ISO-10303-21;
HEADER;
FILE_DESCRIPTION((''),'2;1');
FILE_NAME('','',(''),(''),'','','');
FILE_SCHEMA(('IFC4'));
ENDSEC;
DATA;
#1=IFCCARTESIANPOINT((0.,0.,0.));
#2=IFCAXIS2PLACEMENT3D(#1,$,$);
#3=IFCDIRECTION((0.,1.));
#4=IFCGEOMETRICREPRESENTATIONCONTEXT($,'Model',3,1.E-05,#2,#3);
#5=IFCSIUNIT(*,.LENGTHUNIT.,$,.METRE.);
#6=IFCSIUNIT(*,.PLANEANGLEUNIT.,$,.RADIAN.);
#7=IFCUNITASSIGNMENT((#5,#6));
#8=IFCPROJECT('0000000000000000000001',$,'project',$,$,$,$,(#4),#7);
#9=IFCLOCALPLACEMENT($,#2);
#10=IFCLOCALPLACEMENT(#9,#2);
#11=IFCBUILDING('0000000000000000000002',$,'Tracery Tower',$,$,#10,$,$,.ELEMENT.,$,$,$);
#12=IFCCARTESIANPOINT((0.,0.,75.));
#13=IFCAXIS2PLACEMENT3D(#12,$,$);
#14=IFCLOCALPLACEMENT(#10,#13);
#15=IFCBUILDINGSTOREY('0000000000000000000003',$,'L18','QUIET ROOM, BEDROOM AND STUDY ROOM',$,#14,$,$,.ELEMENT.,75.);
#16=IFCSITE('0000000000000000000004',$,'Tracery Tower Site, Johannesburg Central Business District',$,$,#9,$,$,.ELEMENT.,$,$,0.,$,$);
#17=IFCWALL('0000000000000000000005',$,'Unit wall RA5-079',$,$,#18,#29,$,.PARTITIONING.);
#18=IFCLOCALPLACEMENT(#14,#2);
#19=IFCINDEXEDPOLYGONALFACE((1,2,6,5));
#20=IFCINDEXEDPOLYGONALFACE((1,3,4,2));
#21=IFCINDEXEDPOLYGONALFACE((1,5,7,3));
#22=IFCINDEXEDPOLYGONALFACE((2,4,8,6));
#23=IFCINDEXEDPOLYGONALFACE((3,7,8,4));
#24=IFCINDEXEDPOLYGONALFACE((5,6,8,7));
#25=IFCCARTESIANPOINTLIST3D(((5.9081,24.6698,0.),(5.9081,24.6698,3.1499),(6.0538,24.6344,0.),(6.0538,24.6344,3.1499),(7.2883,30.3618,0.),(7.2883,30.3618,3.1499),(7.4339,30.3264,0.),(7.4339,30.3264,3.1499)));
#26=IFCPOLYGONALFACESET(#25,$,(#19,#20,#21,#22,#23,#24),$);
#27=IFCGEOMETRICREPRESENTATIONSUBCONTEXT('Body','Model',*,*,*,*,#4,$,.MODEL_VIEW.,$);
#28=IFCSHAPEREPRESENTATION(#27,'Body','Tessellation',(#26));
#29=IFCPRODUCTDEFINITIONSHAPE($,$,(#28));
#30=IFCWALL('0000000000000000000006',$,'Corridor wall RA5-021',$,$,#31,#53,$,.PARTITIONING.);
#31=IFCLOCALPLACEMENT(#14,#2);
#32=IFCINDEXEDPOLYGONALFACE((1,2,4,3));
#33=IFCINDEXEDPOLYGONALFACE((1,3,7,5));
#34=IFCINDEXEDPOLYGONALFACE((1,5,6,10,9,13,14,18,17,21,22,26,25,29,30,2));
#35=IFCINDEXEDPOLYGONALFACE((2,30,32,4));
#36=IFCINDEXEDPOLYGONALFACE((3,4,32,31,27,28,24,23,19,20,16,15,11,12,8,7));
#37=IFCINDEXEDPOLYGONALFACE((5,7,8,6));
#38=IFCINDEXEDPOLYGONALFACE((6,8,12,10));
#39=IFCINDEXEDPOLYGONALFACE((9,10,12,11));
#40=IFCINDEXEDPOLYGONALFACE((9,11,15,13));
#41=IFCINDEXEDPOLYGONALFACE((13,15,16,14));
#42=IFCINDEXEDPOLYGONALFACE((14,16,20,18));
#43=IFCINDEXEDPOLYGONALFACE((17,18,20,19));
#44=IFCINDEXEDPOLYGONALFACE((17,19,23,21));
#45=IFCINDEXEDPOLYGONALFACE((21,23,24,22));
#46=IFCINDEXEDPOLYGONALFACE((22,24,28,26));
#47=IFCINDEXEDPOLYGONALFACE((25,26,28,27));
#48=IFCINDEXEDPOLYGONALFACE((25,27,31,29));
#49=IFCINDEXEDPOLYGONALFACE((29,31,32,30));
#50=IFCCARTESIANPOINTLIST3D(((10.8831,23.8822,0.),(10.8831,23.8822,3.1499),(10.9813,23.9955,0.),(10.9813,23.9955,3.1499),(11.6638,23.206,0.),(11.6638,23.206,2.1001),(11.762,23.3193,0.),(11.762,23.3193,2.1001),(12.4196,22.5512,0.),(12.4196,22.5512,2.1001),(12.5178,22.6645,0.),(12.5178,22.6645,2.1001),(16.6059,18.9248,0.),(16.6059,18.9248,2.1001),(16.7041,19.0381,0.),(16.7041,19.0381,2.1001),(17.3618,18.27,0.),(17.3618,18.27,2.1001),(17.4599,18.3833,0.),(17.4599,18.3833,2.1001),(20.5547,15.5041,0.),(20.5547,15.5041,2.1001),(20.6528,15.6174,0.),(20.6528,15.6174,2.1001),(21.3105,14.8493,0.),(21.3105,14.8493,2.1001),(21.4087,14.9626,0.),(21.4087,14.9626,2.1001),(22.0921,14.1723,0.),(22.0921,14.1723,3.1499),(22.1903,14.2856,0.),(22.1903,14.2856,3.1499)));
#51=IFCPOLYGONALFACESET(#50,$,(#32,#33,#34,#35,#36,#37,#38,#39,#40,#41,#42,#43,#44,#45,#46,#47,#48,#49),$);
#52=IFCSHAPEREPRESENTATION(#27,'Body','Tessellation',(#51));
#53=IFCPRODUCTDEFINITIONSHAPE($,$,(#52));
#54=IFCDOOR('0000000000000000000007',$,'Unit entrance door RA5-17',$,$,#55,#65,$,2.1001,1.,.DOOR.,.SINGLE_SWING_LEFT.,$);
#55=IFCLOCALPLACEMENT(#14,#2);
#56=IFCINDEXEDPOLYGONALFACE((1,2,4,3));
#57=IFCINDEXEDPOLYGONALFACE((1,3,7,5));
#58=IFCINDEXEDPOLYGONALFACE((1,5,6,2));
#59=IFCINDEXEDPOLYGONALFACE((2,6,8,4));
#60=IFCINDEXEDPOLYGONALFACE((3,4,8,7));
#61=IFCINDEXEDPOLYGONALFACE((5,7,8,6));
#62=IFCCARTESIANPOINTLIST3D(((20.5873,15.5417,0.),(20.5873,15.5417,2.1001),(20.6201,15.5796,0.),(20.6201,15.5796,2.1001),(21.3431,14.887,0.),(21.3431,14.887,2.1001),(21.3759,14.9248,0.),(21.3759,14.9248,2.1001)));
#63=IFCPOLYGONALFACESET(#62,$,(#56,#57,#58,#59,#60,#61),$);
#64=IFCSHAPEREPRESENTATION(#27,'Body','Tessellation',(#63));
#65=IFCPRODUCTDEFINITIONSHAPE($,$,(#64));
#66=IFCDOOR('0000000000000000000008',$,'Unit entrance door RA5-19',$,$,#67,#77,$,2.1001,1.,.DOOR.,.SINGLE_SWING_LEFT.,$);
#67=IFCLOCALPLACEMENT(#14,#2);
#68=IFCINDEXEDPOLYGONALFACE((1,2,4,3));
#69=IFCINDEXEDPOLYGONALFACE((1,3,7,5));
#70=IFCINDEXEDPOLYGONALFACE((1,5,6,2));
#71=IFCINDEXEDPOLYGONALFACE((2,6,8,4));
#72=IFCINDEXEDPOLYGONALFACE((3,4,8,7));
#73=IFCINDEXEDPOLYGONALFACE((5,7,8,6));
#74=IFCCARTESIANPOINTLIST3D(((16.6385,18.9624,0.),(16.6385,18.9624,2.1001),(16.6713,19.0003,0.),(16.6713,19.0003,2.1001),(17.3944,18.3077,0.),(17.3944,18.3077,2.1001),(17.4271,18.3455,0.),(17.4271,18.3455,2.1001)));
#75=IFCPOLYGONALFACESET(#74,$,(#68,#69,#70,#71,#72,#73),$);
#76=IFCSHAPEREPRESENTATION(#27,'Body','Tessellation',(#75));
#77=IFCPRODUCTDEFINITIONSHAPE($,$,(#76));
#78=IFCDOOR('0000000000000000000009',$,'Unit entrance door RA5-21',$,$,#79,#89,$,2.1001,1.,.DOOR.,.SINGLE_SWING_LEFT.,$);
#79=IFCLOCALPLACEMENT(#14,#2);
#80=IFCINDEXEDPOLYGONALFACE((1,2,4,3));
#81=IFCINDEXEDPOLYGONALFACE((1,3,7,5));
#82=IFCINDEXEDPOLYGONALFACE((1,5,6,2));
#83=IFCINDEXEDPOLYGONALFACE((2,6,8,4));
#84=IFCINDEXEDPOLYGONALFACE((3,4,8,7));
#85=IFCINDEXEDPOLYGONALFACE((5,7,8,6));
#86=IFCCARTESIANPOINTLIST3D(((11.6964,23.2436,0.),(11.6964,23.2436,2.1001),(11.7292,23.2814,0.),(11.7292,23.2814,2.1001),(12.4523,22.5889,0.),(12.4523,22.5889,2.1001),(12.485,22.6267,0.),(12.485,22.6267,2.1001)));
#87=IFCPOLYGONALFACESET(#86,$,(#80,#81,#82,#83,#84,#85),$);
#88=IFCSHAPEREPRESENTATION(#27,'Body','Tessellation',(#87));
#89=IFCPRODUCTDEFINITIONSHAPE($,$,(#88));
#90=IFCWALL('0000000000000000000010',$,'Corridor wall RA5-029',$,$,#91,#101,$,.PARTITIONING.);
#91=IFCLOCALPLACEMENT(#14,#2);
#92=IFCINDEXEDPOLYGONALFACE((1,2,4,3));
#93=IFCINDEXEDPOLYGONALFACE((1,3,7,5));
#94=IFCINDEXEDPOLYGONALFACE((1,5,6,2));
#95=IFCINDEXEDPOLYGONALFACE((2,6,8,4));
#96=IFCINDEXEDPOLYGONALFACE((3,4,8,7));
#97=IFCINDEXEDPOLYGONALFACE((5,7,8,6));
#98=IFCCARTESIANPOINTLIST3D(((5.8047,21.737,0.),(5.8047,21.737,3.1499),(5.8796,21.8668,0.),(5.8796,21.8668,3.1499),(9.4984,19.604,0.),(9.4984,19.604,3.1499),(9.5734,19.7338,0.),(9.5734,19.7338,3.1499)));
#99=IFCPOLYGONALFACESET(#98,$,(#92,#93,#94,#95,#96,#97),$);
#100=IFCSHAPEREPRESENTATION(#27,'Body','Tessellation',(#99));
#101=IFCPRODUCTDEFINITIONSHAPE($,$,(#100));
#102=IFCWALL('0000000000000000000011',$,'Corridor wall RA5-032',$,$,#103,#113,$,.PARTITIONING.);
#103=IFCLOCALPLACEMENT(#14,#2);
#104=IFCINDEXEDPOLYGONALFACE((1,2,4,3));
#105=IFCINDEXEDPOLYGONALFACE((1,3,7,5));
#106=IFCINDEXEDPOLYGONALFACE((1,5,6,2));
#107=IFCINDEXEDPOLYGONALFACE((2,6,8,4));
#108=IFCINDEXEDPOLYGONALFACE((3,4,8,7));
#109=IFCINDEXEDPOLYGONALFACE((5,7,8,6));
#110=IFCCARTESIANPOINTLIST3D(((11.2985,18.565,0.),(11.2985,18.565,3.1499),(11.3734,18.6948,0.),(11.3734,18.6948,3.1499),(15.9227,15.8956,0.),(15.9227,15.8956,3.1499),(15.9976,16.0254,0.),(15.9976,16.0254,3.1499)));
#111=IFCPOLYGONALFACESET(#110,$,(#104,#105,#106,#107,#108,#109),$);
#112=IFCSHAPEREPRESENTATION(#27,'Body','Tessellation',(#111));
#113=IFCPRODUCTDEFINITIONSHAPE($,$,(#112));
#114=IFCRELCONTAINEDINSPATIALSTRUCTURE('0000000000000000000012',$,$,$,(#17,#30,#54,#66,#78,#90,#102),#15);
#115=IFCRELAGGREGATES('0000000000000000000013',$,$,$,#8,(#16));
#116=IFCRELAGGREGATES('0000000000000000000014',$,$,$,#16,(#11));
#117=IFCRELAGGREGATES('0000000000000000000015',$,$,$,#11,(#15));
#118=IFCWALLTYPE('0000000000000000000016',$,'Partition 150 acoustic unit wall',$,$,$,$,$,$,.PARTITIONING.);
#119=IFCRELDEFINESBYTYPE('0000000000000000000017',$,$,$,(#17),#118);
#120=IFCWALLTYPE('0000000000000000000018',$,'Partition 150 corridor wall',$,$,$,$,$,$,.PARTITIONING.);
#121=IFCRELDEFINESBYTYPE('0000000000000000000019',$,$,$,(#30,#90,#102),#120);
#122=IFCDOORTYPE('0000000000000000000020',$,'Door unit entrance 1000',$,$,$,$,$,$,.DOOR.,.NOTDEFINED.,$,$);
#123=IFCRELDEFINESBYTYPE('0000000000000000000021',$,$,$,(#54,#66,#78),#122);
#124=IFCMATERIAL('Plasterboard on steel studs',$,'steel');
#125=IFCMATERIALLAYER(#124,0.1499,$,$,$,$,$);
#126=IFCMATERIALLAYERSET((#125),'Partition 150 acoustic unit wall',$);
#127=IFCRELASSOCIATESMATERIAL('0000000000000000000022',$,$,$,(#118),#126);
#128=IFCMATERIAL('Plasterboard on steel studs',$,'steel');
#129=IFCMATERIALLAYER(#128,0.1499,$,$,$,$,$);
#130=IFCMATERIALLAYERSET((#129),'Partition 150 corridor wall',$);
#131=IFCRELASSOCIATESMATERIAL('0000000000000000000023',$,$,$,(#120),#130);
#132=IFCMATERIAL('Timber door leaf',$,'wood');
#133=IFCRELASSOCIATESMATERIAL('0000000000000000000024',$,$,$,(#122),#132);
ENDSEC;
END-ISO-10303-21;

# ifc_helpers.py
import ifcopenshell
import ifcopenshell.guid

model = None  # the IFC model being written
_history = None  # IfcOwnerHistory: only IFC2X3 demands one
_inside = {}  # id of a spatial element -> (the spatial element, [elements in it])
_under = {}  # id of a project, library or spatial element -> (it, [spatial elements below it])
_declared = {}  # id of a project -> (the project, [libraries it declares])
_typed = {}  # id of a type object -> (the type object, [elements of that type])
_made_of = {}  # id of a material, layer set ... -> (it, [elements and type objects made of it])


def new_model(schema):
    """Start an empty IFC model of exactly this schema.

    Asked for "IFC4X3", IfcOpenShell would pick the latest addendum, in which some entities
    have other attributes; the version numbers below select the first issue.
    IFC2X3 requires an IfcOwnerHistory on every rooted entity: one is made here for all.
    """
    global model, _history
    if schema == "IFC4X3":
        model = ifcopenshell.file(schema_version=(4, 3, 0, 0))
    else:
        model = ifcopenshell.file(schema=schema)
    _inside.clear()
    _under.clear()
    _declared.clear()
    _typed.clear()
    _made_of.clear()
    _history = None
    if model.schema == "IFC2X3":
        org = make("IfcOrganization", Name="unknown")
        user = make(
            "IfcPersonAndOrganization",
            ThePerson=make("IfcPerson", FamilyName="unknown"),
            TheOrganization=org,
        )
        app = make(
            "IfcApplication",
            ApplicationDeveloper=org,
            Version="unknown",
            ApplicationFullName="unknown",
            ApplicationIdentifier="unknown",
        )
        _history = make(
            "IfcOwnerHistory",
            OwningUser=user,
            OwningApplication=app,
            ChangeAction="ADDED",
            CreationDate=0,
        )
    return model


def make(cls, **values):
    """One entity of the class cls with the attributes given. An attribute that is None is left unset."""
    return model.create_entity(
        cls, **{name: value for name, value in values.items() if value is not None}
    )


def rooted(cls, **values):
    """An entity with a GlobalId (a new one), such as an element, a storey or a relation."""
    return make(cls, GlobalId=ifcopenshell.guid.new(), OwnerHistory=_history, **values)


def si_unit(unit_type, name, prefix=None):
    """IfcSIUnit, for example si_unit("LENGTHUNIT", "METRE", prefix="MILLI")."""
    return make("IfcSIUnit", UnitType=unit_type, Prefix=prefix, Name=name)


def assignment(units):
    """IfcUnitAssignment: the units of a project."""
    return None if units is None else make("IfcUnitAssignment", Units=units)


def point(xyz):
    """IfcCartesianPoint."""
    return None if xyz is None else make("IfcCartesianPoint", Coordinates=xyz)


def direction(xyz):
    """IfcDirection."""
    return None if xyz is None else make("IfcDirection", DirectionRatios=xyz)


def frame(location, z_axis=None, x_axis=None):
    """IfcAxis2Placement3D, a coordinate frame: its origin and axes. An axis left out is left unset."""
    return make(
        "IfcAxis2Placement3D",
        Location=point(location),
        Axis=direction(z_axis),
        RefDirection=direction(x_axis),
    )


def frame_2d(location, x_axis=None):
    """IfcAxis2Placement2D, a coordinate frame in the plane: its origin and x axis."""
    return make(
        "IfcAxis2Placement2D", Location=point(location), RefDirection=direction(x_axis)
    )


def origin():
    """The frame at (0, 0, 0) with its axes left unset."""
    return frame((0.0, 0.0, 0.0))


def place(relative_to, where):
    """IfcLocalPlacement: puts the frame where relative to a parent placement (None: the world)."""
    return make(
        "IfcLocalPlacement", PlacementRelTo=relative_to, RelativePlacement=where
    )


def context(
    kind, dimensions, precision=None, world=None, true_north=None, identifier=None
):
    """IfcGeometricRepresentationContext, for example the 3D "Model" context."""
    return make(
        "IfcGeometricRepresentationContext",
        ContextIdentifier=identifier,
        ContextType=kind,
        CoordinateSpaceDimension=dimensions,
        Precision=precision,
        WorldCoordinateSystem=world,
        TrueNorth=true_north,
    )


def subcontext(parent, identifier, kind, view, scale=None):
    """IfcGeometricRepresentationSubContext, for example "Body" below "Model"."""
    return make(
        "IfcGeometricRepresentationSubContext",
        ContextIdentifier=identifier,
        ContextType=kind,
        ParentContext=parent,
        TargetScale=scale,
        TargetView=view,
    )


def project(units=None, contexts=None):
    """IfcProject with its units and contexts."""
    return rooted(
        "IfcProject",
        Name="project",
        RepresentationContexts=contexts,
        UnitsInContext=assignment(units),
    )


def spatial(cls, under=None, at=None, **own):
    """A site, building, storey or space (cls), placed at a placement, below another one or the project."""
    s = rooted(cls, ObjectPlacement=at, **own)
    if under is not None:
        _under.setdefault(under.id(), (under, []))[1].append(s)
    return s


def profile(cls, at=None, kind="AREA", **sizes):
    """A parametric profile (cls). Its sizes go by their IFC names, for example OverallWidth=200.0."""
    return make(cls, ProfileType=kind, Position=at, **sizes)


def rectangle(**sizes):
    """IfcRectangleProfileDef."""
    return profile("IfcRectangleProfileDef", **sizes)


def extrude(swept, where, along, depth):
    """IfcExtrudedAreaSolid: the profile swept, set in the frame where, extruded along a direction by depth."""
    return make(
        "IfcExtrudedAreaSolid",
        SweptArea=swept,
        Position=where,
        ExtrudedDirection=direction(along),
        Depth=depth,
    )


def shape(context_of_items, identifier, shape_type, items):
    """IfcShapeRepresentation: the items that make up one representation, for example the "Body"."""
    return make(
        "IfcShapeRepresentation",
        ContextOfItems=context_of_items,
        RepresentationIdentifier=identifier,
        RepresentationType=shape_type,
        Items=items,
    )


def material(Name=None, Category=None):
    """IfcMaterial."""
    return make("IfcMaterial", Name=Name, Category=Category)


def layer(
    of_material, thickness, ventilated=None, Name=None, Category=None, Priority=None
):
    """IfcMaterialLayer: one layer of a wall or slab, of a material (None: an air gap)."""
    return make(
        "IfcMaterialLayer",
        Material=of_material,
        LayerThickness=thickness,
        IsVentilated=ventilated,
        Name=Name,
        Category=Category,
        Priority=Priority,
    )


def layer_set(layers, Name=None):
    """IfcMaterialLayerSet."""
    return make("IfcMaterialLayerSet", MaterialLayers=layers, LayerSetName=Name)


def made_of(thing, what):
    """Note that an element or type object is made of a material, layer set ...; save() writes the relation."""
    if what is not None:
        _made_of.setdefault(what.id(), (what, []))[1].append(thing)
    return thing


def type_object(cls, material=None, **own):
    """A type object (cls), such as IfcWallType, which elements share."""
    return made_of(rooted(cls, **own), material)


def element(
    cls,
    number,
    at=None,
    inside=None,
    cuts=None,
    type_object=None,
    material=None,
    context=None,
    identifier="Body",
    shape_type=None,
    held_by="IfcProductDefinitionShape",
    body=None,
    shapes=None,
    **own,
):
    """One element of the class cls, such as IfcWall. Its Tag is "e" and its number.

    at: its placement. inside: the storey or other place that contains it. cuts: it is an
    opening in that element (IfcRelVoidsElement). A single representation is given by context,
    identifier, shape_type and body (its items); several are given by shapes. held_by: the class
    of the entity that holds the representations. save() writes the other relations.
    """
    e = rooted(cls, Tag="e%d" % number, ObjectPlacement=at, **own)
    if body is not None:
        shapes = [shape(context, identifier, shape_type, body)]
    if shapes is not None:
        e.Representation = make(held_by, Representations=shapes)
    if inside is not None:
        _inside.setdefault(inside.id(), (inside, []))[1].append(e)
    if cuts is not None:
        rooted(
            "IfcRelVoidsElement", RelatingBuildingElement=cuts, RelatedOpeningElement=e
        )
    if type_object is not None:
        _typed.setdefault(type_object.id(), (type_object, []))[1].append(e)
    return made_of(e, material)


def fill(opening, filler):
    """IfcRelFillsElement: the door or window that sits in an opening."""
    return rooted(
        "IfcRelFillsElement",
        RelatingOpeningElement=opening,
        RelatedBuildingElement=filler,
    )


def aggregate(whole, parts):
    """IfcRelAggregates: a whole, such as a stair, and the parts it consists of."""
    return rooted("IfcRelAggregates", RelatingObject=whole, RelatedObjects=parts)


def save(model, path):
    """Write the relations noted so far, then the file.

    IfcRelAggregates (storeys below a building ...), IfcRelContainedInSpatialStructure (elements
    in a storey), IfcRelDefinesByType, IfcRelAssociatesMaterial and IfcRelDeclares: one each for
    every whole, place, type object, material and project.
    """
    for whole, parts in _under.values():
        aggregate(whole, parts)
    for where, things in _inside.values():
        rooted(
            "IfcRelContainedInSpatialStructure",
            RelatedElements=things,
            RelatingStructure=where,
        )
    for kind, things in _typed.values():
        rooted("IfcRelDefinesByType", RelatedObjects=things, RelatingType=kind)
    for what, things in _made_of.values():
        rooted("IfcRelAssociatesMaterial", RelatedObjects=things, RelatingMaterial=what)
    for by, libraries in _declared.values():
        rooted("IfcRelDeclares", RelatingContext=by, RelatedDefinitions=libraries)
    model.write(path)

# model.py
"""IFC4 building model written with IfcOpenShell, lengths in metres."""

from ifc_helpers import new_model, si_unit, direction, frame, frame_2d, origin, place, context, subcontext, project, spatial, rectangle, extrude, material, layer, layer_set, type_object, element, fill, save


model = new_model("IFC4")

# Units and contexts
model_context = context("Model", 3, precision=1e-05, world=origin(), true_north=direction((0.0, 1.0)))
body_context = subcontext(model_context, "Body", "Model", "MODEL_VIEW")
ifc_project = project(units=[si_unit("LENGTHUNIT", "METRE"), si_unit("PLANEANGLEUNIT", "RADIAN")], contexts=[model_context])

# Site, building, storey
site_placement = place(None, origin())
site = spatial("IfcSite", under=ifc_project, at=site_placement, Name="Tracery Tower Site, Johannesburg Central Business District", CompositionType="ELEMENT", RefElevation=0.0)
building_placement = place(site_placement, origin())
building = spatial("IfcBuilding", under=site, at=building_placement, Name="Tracery Tower", CompositionType="ELEMENT")
storey_placement = place(building_placement, frame((0.0, 0.0, 75.0)))
storey = spatial("IfcBuildingStorey", under=building, at=storey_placement, Name="L18", Description="QUIET ROOM, BEDROOM AND STUDY ROOM", CompositionType="ELEMENT", Elevation=75.0)

# Wall
ifc_material_1 = material(Name="Plasterboard on steel studs", Category="steel")
ifc_layer_1 = layer(ifc_material_1, 0.1499)
ifc_layer_set_1 = layer_set([ifc_layer_1], Name="Partition 150 acoustic unit wall")
wall_type_1 = type_object("IfcWallType", Name="Partition 150 acoustic unit wall", PredefinedType="PARTITIONING", material=ifc_layer_set_1)
wall_1_placement = place(storey_placement, frame((5.981, 24.6521, 0.0), z_axis=(0.0, 0.0, 1.0), x_axis=(0.235644, 0.971839, 0.0)))
element("IfcWall", 1, at=wall_1_placement, inside=storey, type_object=wall_type_1, Name="Unit wall RA5-079", PredefinedType="PARTITIONING", context=body_context, shape_type="SweptSolid", body=[
    extrude(rectangle(XDim=5.8569, YDim=0.1499, at=frame_2d((2.9285, 0.0))), origin(), (0.0, 0.0, 1.0), 3.1499),
])

# Wall, openings, doors
ifc_material_2 = material(Name="Plasterboard on steel studs", Category="steel")
ifc_layer_2 = layer(ifc_material_2, 0.1499)
ifc_layer_set_2 = layer_set([ifc_layer_2], Name="Partition 150 corridor wall")
wall_type_2 = type_object("IfcWallType", Name="Partition 150 corridor wall", PredefinedType="PARTITIONING", material=ifc_layer_set_2)
wall_2_placement = place(storey_placement, frame((10.9321, 23.939, 0.0), z_axis=(0.0, 0.0, 1.0), x_axis=(0.755839, -0.654758, 0.0)))
wall_2 = element("IfcWall", 2, at=wall_2_placement, inside=storey, type_object=wall_type_2, Name="Corridor wall RA5-021", PredefinedType="PARTITIONING", context=body_context, shape_type="SweptSolid", body=[
    extrude(rectangle(XDim=14.8298, YDim=0.1499, at=frame_2d((7.415, 0.0))), origin(), (0.0, 0.0, 1.0), 3.1499),
])
opening_1_placement = place(wall_2_placement, frame((12.7959, 0.0, 0.0)))
opening_1 = element("IfcOpeningElement", 3, at=opening_1_placement, cuts=wall_2, PredefinedType="OPENING", context=body_context, shape_type="SweptSolid", body=[
    extrude(rectangle(XDim=1.0, YDim=2.1001, at=frame_2d((0.5, 1.05))), frame((0.0, 0.075, 0.0), z_axis=(0.0, -1.0, 0.0), x_axis=(1.0, 0.0, 0.0)), (0.0, 0.0, 1.0), 0.1499),
])
opening_2_placement = place(wall_2_placement, frame((7.5715, 0.0, 0.0)))
opening_2 = element("IfcOpeningElement", 4, at=opening_2_placement, cuts=wall_2, PredefinedType="OPENING", context=body_context, shape_type="SweptSolid", body=[
    extrude(rectangle(XDim=1.0, YDim=2.1001, at=frame_2d((0.5, 1.05))), frame((0.0, 0.075, 0.0), z_axis=(0.0, -1.0, 0.0), x_axis=(1.0, 0.0, 0.0)), (0.0, 0.0, 1.0), 0.1499),
])
opening_3_placement = place(wall_2_placement, frame((1.033, 0.0, 0.0)))
opening_3 = element("IfcOpeningElement", 5, at=opening_3_placement, cuts=wall_2, PredefinedType="OPENING", context=body_context, shape_type="SweptSolid", body=[
    extrude(rectangle(XDim=1.0, YDim=2.1001, at=frame_2d((0.5, 1.05))), frame((0.0, 0.075, 0.0), z_axis=(0.0, -1.0, 0.0), x_axis=(1.0, 0.0, 0.0)), (0.0, 0.0, 1.0), 0.1499),
])
ifc_material_3 = material(Name="Timber door leaf", Category="wood")
door_type_1 = type_object("IfcDoorType", Name="Door unit entrance 1000", OperationType="NOTDEFINED", PredefinedType="DOOR", material=ifc_material_3)
door_1_placement = place(opening_1_placement, origin())
door_1 = element("IfcDoor", 6, at=door_1_placement, inside=storey, type_object=door_type_1, Name="Unit entrance door RA5-17", OperationType="SINGLE_SWING_LEFT", OverallHeight=2.1001, OverallWidth=1.0, PredefinedType="DOOR", context=body_context, shape_type="SweptSolid", body=[
    extrude(rectangle(XDim=1.0, YDim=2.1001, at=frame_2d((0.5, 1.05))), frame((0.0, 0.0249, 0.0), z_axis=(0.0, -1.0, 0.0), x_axis=(1.0, 0.0, 0.0)), (0.0, 0.0, 1.0), 0.05),
])
fill(opening_1, door_1)
door_2_placement = place(opening_2_placement, origin())
door_2 = element("IfcDoor", 7, at=door_2_placement, inside=storey, type_object=door_type_1, Name="Unit entrance door RA5-19", OperationType="SINGLE_SWING_LEFT", OverallHeight=2.1001, OverallWidth=1.0, PredefinedType="DOOR", context=body_context, shape_type="SweptSolid", body=[
    extrude(rectangle(XDim=1.0, YDim=2.1001, at=frame_2d((0.5, 1.05))), frame((0.0, 0.0249, 0.0), z_axis=(0.0, -1.0, 0.0), x_axis=(1.0, 0.0, 0.0)), (0.0, 0.0, 1.0), 0.05),
])
fill(opening_2, door_2)
door_3_placement = place(opening_3_placement, origin())
door_3 = element("IfcDoor", 8, at=door_3_placement, inside=storey, type_object=door_type_1, Name="Unit entrance door RA5-21", OperationType="SINGLE_SWING_LEFT", OverallHeight=2.1001, OverallWidth=1.0, PredefinedType="DOOR", context=body_context, shape_type="SweptSolid", body=[
    extrude(rectangle(XDim=1.0, YDim=2.1001, at=frame_2d((0.5, 1.05))), frame((0.0, 0.0249, 0.0), z_axis=(0.0, -1.0, 0.0), x_axis=(1.0, 0.0, 0.0)), (0.0, 0.0, 1.0), 0.05),
])
fill(opening_3, door_3)

# Walls
wall_3_placement = place(storey_placement, frame((5.842, 21.802, 0.0), z_axis=(0.0, 0.0, 1.0), x_axis=(0.865984, -0.500073, 0.0)))
element("IfcWall", 9, at=wall_3_placement, inside=storey, type_object=wall_type_2, Name="Corridor wall RA5-029", PredefinedType="PARTITIONING", context=body_context, shape_type="SweptSolid", body=[
    extrude(rectangle(XDim=4.2654, YDim=0.1499, at=frame_2d((2.1328, 0.0))), origin(), (0.0, 0.0, 1.0), 3.1499),
])
wall_4_placement = place(storey_placement, frame((11.3359, 18.6299, 0.0), z_axis=(0.0, 0.0, 1.0), x_axis=(0.866057, -0.499945, 0.0)))
element("IfcWall", 10, at=wall_4_placement, inside=storey, type_object=wall_type_2, Name="Corridor wall RA5-032", PredefinedType="PARTITIONING", context=body_context, shape_type="SweptSolid", body=[
    extrude(rectangle(XDim=5.3394, YDim=0.1499, at=frame_2d((2.6697, 0.0))), origin(), (0.0, 0.0, 1.0), 3.1499),
])

save(model, "model.ifc")
